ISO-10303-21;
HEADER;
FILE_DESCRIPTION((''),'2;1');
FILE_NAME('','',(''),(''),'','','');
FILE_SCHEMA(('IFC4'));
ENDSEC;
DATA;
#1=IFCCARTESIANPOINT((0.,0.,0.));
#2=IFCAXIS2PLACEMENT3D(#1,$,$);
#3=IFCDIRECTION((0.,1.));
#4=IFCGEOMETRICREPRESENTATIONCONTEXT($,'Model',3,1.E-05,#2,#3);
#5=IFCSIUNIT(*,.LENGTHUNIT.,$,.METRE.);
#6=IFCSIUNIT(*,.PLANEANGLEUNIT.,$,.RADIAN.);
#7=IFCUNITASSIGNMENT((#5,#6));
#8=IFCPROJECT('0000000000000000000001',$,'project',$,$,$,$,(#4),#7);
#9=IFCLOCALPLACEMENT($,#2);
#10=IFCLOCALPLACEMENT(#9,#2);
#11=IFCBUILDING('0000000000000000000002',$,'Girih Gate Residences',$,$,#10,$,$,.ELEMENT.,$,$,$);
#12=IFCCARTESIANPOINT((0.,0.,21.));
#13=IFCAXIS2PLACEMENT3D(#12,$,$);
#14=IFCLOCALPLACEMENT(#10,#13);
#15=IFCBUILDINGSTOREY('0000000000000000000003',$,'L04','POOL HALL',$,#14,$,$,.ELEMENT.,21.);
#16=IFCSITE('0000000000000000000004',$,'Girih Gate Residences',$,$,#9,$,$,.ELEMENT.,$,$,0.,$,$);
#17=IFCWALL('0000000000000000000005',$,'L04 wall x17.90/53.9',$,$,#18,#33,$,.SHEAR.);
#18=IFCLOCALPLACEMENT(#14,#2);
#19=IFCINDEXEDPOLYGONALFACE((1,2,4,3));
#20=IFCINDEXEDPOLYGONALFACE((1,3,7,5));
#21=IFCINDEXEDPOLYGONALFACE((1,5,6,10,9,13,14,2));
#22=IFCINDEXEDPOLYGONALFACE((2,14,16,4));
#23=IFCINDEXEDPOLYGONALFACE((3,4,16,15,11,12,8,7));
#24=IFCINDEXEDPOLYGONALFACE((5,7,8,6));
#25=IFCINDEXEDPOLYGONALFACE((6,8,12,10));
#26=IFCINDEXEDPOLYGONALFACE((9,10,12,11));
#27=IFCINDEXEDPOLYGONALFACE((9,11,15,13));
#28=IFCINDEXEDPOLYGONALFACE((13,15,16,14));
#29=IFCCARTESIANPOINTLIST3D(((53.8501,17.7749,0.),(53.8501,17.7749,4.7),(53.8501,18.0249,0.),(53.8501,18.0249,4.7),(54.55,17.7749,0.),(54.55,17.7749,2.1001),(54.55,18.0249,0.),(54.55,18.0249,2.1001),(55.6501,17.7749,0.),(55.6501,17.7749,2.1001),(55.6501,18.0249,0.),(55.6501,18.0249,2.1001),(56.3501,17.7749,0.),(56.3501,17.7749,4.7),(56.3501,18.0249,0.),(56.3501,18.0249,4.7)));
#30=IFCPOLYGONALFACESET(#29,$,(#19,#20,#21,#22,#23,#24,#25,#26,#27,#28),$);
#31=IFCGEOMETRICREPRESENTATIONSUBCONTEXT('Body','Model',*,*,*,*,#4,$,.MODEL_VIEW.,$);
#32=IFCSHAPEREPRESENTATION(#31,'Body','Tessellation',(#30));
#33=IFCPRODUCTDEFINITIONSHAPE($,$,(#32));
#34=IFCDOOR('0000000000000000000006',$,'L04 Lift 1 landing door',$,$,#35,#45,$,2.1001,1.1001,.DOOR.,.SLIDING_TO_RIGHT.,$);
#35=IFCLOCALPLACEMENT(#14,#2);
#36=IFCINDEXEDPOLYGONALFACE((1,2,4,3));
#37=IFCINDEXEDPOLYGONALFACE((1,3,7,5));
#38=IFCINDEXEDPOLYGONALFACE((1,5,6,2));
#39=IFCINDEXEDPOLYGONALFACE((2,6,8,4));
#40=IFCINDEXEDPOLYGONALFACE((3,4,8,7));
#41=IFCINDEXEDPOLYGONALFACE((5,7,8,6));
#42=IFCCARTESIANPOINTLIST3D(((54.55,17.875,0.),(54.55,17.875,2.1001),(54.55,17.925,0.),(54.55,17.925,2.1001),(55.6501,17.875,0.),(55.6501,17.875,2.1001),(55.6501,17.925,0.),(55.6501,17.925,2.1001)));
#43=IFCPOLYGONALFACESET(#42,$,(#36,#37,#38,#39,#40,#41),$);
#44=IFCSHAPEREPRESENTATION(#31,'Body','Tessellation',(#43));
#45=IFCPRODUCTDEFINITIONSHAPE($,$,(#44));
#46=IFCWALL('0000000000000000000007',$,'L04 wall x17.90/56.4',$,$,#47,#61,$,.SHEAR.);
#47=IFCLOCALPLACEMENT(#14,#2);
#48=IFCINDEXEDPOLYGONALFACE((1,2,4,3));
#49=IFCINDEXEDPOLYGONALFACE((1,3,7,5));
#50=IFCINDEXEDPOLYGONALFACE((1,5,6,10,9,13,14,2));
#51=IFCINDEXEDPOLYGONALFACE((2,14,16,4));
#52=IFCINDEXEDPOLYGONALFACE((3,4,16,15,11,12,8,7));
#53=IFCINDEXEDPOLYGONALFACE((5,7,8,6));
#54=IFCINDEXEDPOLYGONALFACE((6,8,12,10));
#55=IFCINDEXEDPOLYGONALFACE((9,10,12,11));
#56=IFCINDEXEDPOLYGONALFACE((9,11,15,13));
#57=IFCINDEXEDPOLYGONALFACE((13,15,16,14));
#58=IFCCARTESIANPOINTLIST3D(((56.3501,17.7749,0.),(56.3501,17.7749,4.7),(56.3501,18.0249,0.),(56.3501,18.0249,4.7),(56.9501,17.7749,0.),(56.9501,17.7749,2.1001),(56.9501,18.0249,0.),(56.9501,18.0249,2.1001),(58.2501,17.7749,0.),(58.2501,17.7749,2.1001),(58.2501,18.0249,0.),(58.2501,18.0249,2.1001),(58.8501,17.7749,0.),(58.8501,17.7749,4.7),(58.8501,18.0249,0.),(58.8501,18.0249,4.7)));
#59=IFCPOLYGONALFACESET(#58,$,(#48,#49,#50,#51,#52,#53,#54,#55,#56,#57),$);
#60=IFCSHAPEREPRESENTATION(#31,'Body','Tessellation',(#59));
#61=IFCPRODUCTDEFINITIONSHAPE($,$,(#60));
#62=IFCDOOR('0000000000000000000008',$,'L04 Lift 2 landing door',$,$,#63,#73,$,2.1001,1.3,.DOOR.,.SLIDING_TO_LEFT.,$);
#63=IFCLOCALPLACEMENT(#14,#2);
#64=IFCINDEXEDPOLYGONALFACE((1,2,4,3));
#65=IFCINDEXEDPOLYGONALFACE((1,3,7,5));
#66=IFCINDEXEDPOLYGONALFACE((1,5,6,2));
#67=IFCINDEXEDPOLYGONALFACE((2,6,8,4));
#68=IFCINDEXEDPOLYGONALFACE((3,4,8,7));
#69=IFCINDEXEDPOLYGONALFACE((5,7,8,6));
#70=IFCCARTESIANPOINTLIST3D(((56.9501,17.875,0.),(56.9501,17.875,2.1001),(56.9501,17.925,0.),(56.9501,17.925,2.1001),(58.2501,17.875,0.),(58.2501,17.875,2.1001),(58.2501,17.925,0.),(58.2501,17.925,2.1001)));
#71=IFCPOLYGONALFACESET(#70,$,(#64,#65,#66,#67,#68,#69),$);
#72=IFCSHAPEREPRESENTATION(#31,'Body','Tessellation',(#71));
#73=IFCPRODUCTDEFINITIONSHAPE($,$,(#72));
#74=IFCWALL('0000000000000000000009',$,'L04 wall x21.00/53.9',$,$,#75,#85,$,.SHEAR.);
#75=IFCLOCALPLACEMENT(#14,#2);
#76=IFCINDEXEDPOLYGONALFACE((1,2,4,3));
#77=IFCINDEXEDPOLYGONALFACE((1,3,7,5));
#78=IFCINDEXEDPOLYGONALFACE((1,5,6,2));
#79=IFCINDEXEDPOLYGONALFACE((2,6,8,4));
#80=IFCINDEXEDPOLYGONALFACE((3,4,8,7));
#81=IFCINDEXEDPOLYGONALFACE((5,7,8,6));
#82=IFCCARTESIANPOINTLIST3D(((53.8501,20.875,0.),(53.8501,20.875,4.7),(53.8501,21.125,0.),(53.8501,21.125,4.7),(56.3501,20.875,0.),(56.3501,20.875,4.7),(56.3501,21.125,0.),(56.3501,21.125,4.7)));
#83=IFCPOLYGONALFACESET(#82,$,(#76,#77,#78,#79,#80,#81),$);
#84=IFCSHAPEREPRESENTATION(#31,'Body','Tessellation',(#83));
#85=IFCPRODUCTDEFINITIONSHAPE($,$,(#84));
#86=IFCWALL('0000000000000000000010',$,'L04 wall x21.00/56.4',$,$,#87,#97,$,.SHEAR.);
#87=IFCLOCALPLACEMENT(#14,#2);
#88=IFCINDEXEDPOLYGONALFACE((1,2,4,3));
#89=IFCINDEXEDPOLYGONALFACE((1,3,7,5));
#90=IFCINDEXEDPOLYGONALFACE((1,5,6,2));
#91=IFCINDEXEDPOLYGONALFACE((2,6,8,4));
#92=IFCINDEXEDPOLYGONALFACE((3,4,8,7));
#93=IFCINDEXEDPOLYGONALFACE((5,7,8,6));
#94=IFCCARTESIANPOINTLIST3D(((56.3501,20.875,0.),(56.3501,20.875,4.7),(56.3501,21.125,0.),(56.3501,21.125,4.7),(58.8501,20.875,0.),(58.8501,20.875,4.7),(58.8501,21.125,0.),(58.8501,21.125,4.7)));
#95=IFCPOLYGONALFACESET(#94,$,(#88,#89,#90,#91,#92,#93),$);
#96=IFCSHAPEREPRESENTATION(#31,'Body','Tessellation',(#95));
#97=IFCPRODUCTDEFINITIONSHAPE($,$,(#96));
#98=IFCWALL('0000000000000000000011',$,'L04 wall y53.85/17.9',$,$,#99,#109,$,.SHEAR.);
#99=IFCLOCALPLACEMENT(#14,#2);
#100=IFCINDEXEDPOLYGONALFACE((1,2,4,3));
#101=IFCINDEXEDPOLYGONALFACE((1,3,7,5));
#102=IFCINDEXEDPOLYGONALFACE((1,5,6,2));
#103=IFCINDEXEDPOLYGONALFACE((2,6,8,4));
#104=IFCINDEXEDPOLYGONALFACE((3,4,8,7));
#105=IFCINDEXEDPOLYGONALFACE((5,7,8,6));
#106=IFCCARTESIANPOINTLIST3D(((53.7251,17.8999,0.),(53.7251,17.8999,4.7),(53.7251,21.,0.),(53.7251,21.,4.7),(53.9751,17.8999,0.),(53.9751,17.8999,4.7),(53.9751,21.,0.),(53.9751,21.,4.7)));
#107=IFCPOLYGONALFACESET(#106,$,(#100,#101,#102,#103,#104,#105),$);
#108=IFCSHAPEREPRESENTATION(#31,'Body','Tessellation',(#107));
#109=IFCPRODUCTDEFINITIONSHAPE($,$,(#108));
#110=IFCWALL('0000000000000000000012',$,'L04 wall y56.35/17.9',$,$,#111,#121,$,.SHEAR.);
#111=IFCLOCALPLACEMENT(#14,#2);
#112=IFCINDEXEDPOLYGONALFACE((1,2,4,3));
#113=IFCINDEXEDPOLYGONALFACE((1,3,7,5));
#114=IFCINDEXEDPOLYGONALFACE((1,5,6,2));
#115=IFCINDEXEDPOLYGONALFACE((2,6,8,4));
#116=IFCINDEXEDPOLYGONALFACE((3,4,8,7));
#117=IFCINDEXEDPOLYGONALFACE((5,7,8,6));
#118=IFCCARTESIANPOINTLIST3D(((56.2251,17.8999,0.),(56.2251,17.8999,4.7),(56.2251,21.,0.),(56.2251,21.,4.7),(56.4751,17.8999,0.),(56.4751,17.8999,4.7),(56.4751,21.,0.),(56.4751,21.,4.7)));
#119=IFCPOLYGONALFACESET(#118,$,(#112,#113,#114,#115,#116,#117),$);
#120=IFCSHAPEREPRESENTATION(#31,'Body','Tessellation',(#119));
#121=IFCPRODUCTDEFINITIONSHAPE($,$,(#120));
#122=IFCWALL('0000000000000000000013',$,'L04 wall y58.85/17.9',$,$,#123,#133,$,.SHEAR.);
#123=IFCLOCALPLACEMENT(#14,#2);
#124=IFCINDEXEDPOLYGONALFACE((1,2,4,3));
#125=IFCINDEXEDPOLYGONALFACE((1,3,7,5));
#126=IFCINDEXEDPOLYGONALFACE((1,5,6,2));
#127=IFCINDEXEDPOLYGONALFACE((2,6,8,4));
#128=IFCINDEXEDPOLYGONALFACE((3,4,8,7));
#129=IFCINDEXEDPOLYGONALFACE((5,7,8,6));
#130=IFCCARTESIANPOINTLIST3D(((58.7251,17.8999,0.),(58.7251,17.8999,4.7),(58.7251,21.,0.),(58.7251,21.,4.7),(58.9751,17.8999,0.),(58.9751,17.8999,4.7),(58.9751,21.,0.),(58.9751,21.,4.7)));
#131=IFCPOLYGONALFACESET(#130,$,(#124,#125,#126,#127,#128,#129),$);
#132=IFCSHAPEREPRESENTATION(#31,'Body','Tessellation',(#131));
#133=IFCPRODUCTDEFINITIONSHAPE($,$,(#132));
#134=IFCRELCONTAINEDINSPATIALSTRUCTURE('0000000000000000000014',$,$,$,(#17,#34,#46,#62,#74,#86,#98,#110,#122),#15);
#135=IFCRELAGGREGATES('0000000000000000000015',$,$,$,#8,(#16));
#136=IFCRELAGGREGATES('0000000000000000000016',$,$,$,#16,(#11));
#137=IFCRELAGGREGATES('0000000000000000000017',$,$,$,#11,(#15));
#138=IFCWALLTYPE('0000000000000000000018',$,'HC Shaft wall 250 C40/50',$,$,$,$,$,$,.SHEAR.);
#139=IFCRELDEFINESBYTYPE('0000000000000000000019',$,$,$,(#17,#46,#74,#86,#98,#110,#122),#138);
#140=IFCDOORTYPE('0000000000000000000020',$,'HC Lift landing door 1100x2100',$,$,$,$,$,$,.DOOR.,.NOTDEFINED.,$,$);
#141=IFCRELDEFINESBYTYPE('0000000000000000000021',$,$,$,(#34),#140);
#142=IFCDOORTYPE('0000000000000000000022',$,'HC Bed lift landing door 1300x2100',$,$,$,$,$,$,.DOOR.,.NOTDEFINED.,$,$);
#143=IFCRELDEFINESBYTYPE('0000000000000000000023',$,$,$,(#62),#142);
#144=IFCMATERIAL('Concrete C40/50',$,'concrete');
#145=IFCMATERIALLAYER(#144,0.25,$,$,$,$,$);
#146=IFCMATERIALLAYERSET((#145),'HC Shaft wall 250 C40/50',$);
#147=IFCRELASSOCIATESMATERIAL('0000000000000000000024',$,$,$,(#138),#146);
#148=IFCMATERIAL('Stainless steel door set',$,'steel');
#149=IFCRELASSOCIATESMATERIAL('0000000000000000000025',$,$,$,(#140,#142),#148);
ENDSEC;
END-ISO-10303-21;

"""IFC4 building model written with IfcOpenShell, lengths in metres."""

from ifc_helpers import new_model, si_unit, direction, frame, frame_2d, origin, place, context, subcontext, project, spatial, rectangle, extrude, material, layer, layer_set, type_object, element, fill, save


model = new_model("IFC4")

# Units and contexts
model_context = context("Model", 3, precision=1e-05, world=origin(), true_north=direction((0.0, 1.0)))
body_context = subcontext(model_context, "Body", "Model", "MODEL_VIEW")
ifc_project = project(units=[si_unit("LENGTHUNIT", "METRE"), si_unit("PLANEANGLEUNIT", "RADIAN")], contexts=[model_context])

# Site, building, storey
site_placement = place(None, origin())
site = spatial("IfcSite", under=ifc_project, at=site_placement, Name="Girih Gate Residences", CompositionType="ELEMENT", RefElevation=0.0)
building_placement = place(site_placement, origin())
building = spatial("IfcBuilding", under=site, at=building_placement, Name="Girih Gate Residences", CompositionType="ELEMENT")
storey_placement = place(building_placement, frame((0.0, 0.0, 21.0)))
storey = spatial("IfcBuildingStorey", under=building, at=storey_placement, Name="L04", Description="POOL HALL", CompositionType="ELEMENT", Elevation=21.0)

# Walls, openings, doors
ifc_material_1 = material(Name="Concrete C40/50", Category="concrete")
ifc_layer_1 = layer(ifc_material_1, 0.25)
ifc_layer_set_1 = layer_set([ifc_layer_1], Name="HC Shaft wall 250 C40/50")
wall_type_1 = type_object("IfcWallType", Name="HC Shaft wall 250 C40/50", PredefinedType="SHEAR", material=ifc_layer_set_1)
wall_1_placement = place(storey_placement, frame((56.3501, 17.8999, 0.0), z_axis=(0.0, 0.0, 1.0), x_axis=(-1.0, 0.0, 0.0)))
wall_1 = element("IfcWall", 1, at=wall_1_placement, inside=storey, type_object=wall_type_1, Name="L04 wall x17.90/53.9", PredefinedType="SHEAR", context=body_context, shape_type="SweptSolid", body=[
    extrude(rectangle(XDim=2.5, YDim=0.25, at=frame_2d((1.25, 0.0))), origin(), (0.0, 0.0, 1.0), 4.7),
])
opening_1_placement = place(wall_1_placement, frame((0.7, 0.0, 0.0)))
opening_1 = element("IfcOpeningElement", 2, at=opening_1_placement, cuts=wall_1, PredefinedType="OPENING", context=body_context, shape_type="SweptSolid", body=[
    extrude(rectangle(XDim=1.1001, YDim=2.1001, at=frame_2d((0.55, 1.05))), frame((0.0, 0.135, 0.0), z_axis=(0.0, -1.0, 0.0), x_axis=(1.0, 0.0, 0.0)), (0.0, 0.0, 1.0), 0.27),
])
ifc_material_2 = material(Name="Stainless steel door set", Category="steel")
door_type_1 = type_object("IfcDoorType", Name="HC Lift landing door 1100x2100", OperationType="NOTDEFINED", PredefinedType="DOOR", material=ifc_material_2)
door_1_placement = place(opening_1_placement, origin())
door_1 = element("IfcDoor", 3, at=door_1_placement, inside=storey, type_object=door_type_1, Name="L04 Lift 1 landing door", OperationType="SLIDING_TO_RIGHT", OverallHeight=2.1001, OverallWidth=1.1001, PredefinedType="DOOR", context=body_context, shape_type="SweptSolid", body=[
    extrude(rectangle(XDim=1.1001, YDim=2.1001, at=frame_2d((0.55, 1.05))), frame((0.0, 0.0249, 0.0), z_axis=(0.0, -1.0, 0.0), x_axis=(1.0, 0.0, 0.0)), (0.0, 0.0, 1.0), 0.05),
])
fill(opening_1, door_1)
wall_2_placement = place(storey_placement, frame((58.8501, 17.8999, 0.0), z_axis=(0.0, 0.0, 1.0), x_axis=(-1.0, 0.0, 0.0)))
wall_2 = element("IfcWall", 4, at=wall_2_placement, inside=storey, type_object=wall_type_1, Name="L04 wall x17.90/56.4", PredefinedType="SHEAR", context=body_context, shape_type="SweptSolid", body=[
    extrude(rectangle(XDim=2.5, YDim=0.25, at=frame_2d((1.25, 0.0))), origin(), (0.0, 0.0, 1.0), 4.7),
])
opening_2_placement = place(wall_2_placement, frame((0.6001, 0.0, 0.0)))
opening_2 = element("IfcOpeningElement", 5, at=opening_2_placement, cuts=wall_2, PredefinedType="OPENING", context=body_context, shape_type="SweptSolid", body=[
    extrude(rectangle(XDim=1.3, YDim=2.1001, at=frame_2d((0.6499, 1.05))), frame((0.0, 0.135, 0.0), z_axis=(0.0, -1.0, 0.0), x_axis=(1.0, 0.0, 0.0)), (0.0, 0.0, 1.0), 0.27),
])
door_type_2 = type_object("IfcDoorType", Name="HC Bed lift landing door 1300x2100", OperationType="NOTDEFINED", PredefinedType="DOOR", material=ifc_material_2)
door_2_placement = place(opening_2_placement, origin())
door_2 = element("IfcDoor", 6, at=door_2_placement, inside=storey, type_object=door_type_2, Name="L04 Lift 2 landing door", OperationType="SLIDING_TO_LEFT", OverallHeight=2.1001, OverallWidth=1.3, PredefinedType="DOOR", context=body_context, shape_type="SweptSolid", body=[
    extrude(rectangle(XDim=1.3, YDim=2.1001, at=frame_2d((0.6499, 1.05))), frame((0.0, 0.0249, 0.0), z_axis=(0.0, -1.0, 0.0), x_axis=(1.0, 0.0, 0.0)), (0.0, 0.0, 1.0), 0.05),
])
fill(opening_2, door_2)

# Walls
for number, where, z_axis, x_axis, name in (
    (7, (53.8501, 21.0, 0.0), (0.0, 0.0, 1.0), (1.0, 0.0, 0.0), "L04 wall x21.00/53.9"),
    (8, (56.3501, 21.0, 0.0), (0.0, 0.0, 1.0), (1.0, 0.0, 0.0), "L04 wall x21.00/56.4"),
):
    element("IfcWall", number, at=place(storey_placement, frame(where, z_axis=z_axis, x_axis=x_axis)), inside=storey, type_object=wall_type_1, Name=name, PredefinedType="SHEAR", context=body_context, shape_type="SweptSolid", body=[
        extrude(rectangle(XDim=2.5, YDim=0.25, at=frame_2d((1.25, 0.0))), origin(), (0.0, 0.0, 1.0), 4.7),
    ])
for number, where, z_axis, x_axis, name in (
    (9, (53.8501, 17.8999, 0.0), (0.0, 0.0, 1.0), (0.0, 1.0, 0.0), "L04 wall y53.85/17.9"),
    (10, (56.3501, 17.8999, 0.0), (0.0, 0.0, 1.0), (0.0, 1.0, 0.0), "L04 wall y56.35/17.9"),
    (11, (58.8501, 17.8999, 0.0), (0.0, 0.0, 1.0), (0.0, 1.0, 0.0), "L04 wall y58.85/17.9"),
):
    element("IfcWall", number, at=place(storey_placement, frame(where, z_axis=z_axis, x_axis=x_axis)), inside=storey, type_object=wall_type_1, Name=name, PredefinedType="SHEAR", context=body_context, shape_type="SweptSolid", body=[
        extrude(rectangle(XDim=3.1001, YDim=0.25, at=frame_2d((1.55, 0.0))), origin(), (0.0, 0.0, 1.0), 4.7),
    ])

save(model, "model.ifc")
